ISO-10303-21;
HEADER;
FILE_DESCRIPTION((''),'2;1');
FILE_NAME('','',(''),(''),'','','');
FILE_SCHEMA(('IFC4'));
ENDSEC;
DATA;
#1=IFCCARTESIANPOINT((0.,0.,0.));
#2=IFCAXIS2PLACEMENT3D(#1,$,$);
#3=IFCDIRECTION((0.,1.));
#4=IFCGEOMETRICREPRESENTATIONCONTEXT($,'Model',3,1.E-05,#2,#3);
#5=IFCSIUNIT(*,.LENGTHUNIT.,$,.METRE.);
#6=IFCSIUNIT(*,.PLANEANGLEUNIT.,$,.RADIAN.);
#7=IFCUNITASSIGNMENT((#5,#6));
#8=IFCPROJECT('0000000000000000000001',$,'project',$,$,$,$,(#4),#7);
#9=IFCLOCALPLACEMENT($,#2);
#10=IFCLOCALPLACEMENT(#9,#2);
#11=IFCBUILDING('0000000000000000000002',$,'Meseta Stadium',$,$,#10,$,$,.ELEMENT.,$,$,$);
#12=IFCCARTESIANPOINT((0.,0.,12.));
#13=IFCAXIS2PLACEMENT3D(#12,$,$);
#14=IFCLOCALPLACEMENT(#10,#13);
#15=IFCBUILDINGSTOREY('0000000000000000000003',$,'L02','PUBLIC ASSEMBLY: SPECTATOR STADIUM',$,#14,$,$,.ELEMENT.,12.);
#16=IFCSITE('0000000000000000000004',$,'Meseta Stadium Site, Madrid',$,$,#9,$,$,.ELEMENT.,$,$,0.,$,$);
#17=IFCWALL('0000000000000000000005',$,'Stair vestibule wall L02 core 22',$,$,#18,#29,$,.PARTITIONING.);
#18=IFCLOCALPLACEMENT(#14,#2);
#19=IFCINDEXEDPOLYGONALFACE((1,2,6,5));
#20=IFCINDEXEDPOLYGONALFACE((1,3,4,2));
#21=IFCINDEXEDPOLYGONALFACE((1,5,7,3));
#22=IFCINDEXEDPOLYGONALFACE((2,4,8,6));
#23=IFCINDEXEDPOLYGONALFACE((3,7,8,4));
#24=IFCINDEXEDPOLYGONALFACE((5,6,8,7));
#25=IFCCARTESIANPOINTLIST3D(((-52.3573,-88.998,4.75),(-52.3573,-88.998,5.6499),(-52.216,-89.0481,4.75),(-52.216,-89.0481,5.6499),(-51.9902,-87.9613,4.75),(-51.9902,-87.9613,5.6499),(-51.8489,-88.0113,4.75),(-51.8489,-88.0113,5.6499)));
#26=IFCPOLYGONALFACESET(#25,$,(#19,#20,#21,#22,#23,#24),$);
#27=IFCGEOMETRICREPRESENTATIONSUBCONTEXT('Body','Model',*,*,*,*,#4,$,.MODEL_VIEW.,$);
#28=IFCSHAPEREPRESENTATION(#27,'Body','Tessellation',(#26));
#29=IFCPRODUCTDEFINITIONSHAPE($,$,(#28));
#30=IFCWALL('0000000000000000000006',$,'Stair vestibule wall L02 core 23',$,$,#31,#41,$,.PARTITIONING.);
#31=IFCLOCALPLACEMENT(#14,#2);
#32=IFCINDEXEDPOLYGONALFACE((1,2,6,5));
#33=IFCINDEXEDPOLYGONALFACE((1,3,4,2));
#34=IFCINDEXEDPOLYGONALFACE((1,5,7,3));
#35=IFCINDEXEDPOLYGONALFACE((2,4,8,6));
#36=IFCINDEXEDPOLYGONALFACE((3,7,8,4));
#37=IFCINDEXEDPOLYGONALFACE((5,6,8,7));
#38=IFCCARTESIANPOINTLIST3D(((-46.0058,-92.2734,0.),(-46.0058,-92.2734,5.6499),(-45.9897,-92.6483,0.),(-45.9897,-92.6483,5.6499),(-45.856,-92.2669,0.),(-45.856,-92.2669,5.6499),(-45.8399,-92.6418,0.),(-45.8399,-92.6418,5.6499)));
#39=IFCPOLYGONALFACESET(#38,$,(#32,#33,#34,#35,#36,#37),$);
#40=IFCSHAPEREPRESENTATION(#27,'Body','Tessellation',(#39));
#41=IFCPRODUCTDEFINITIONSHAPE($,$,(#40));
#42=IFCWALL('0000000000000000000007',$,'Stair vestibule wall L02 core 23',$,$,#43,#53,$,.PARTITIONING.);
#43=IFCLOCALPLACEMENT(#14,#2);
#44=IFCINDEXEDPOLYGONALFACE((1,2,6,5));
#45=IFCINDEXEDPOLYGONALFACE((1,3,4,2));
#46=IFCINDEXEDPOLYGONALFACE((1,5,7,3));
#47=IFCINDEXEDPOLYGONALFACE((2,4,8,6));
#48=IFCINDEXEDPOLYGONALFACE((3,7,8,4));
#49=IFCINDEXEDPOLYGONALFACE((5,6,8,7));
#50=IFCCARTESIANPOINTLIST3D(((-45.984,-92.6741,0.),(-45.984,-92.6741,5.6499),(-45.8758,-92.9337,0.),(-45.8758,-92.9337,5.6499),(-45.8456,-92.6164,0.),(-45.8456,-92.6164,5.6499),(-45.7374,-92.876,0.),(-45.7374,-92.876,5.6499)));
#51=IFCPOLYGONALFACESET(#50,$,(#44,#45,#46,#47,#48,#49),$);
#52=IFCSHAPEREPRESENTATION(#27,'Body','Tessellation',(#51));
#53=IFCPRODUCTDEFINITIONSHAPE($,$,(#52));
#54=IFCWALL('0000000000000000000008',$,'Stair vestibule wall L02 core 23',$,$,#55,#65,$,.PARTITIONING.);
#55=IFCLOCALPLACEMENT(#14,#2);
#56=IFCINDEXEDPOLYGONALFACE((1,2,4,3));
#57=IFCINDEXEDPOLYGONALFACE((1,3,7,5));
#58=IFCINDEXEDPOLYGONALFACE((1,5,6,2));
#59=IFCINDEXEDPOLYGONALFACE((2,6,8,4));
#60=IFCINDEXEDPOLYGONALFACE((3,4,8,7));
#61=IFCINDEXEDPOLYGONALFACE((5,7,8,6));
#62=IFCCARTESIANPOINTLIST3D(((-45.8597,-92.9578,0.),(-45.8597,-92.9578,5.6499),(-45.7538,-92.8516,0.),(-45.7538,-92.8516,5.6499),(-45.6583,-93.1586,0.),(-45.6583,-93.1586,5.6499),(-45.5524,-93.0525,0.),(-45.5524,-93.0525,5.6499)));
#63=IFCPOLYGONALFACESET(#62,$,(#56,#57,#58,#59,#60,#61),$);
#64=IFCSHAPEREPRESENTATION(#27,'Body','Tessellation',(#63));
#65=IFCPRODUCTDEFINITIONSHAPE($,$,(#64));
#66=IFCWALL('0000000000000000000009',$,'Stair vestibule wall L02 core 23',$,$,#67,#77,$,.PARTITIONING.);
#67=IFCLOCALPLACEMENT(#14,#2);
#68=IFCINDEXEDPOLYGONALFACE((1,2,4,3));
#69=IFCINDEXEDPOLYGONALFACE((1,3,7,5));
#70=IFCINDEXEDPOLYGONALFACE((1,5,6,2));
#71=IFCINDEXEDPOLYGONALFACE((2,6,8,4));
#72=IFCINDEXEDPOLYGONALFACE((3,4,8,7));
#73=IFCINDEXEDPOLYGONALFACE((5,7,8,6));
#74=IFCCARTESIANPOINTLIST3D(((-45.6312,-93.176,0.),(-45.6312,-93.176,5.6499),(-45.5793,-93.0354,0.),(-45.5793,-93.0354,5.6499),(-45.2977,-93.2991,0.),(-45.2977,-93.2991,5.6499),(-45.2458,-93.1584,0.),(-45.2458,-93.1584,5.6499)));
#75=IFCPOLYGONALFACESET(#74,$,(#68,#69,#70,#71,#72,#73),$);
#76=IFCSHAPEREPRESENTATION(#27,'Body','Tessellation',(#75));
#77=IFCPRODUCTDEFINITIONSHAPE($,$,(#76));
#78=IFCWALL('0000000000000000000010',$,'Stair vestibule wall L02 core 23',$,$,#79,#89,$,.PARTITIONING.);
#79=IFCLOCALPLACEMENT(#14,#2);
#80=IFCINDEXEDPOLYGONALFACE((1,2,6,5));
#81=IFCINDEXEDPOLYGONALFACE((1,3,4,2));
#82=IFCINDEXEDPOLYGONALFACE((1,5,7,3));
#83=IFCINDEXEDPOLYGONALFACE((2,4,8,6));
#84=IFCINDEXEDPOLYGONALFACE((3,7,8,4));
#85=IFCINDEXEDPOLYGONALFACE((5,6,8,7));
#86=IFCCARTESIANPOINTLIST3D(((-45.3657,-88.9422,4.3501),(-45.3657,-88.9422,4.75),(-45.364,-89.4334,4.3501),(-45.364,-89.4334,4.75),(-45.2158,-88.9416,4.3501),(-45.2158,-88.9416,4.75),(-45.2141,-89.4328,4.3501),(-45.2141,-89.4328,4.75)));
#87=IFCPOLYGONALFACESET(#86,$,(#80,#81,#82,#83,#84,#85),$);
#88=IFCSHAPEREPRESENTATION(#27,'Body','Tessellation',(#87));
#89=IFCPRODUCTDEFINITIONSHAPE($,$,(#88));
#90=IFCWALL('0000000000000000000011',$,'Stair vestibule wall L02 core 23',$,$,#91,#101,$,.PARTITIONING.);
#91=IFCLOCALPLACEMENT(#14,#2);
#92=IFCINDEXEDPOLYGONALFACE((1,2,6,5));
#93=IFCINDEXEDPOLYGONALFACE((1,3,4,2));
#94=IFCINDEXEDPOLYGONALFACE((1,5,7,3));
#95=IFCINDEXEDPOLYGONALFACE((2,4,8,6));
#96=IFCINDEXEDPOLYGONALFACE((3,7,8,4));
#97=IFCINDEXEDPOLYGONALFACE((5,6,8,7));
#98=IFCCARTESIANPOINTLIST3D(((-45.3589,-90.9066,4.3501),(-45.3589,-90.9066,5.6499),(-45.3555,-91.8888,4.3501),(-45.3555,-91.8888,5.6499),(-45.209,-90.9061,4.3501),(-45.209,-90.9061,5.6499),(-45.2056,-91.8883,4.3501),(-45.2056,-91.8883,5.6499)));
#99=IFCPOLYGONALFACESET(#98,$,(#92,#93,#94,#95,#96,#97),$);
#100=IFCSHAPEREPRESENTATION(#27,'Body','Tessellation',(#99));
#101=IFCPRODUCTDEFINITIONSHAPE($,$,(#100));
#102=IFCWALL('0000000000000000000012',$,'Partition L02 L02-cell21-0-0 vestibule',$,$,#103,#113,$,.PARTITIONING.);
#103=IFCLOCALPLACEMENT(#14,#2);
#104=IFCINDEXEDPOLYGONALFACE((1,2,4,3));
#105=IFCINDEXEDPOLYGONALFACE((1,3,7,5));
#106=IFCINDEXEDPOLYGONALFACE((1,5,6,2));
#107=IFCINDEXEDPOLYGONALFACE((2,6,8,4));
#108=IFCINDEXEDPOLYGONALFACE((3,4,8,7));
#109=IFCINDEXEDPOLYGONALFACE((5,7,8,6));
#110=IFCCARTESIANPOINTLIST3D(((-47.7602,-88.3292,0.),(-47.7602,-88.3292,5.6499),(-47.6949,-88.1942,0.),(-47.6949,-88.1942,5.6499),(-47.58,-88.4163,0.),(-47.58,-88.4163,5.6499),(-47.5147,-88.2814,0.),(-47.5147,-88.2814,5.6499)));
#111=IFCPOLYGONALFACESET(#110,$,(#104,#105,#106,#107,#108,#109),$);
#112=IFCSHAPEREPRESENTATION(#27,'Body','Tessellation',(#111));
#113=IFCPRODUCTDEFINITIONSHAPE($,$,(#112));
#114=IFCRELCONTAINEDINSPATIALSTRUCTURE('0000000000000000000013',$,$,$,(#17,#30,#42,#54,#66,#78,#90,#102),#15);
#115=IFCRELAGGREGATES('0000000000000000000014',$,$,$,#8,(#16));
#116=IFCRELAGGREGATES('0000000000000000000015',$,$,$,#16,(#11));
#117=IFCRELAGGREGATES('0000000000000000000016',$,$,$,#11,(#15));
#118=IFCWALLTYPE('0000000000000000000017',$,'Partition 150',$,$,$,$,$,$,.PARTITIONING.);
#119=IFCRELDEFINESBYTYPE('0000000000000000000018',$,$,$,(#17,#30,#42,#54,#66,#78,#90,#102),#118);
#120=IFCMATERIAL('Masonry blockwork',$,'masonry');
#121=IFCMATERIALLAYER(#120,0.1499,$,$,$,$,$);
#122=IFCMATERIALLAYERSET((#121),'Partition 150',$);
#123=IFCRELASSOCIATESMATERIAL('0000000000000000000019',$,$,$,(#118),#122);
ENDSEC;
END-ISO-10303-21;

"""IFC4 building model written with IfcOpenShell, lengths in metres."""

from ifc_helpers import new_model, si_unit, direction, frame, frame_2d, origin, place, context, subcontext, project, spatial, rectangle, extrude, material, layer, layer_set, type_object, element, save


model = new_model("IFC4")

# Units and contexts
model_context = context("Model", 3, precision=1e-05, world=origin(), true_north=direction((0.0, 1.0)))
body_context = subcontext(model_context, "Body", "Model", "MODEL_VIEW")
ifc_project = project(units=[si_unit("LENGTHUNIT", "METRE"), si_unit("PLANEANGLEUNIT", "RADIAN")], contexts=[model_context])

# Site, building, storey
site_placement = place(None, origin())
site = spatial("IfcSite", under=ifc_project, at=site_placement, Name="Meseta Stadium Site, Madrid", CompositionType="ELEMENT", RefElevation=0.0)
building_placement = place(site_placement, origin())
building = spatial("IfcBuilding", under=site, at=building_placement, Name="Meseta Stadium", CompositionType="ELEMENT")
storey_placement = place(building_placement, frame((0.0, 0.0, 12.0)))
storey = spatial("IfcBuildingStorey", under=building, at=storey_placement, Name="L02", Description="PUBLIC ASSEMBLY: SPECTATOR STADIUM", CompositionType="ELEMENT", Elevation=12.0)

# Shared definitions
ifc_material_1 = material(Name="Masonry blockwork", Category="masonry")
ifc_layer = layer(ifc_material_1, 0.1499)
ifc_layer_set = layer_set([ifc_layer], Name="Partition 150")
wall_type = type_object("IfcWallType", Name="Partition 150", PredefinedType="PARTITIONING", material=ifc_layer_set)

# Walls
wall_1_placement = place(storey_placement, frame((-52.2866, -89.0229, 4.75), z_axis=(0.0, 0.0, 1.0), x_axis=(0.333818, 0.942637, 0.0)))
element("IfcWall", 1, at=wall_1_placement, inside=storey, type_object=wall_type, Name="Stair vestibule wall L02 core 22", PredefinedType="PARTITIONING", context=body_context, shape_type="SweptSolid", body=[
    extrude(rectangle(XDim=1.0999, YDim=0.1499, at=frame_2d((0.5498, 0.0))), origin(), (0.0, 0.0, 1.0), 0.8999),
])
wall_2_placement = place(storey_placement, frame((-45.9309, -92.2703, 0.0), z_axis=(0.0, 0.0, 1.0), x_axis=(0.042929, -0.999078, 0.0)))
element("IfcWall", 2, at=wall_2_placement, inside=storey, type_object=wall_type, Name="Stair vestibule wall L02 core 23", PredefinedType="PARTITIONING", context=body_context, shape_type="SweptSolid", body=[
    extrude(rectangle(XDim=0.3752, YDim=0.1499, at=frame_2d((0.1875, 0.0))), origin(), (0.0, 0.0, 1.0), 5.6499),
])
wall_3_placement = place(storey_placement, frame((-45.9148, -92.6453, 0.0), z_axis=(0.0, 0.0, 1.0), x_axis=(0.384677, -0.923051, 0.0)))
element("IfcWall", 3, at=wall_3_placement, inside=storey, type_object=wall_type, Name="Stair vestibule wall L02 core 23", PredefinedType="PARTITIONING", context=body_context, shape_type="SweptSolid", body=[
    extrude(rectangle(XDim=0.2812, YDim=0.1499, at=frame_2d((0.1406, 0.0))), origin(), (0.0, 0.0, 1.0), 5.6499),
])
wall_4_placement = place(storey_placement, frame((-45.8066, -92.9048, 0.0), z_axis=(0.0, 0.0, 1.0), x_axis=(0.707964, -0.706248, 0.0)))
element("IfcWall", 4, at=wall_4_placement, inside=storey, type_object=wall_type, Name="Stair vestibule wall L02 core 23", PredefinedType="PARTITIONING", context=body_context, shape_type="SweptSolid", body=[
    extrude(rectangle(XDim=0.2844, YDim=0.1499, at=frame_2d((0.1421, 0.0))), origin(), (0.0, 0.0, 1.0), 5.6499),
])
wall_5_placement = place(storey_placement, frame((-45.6052, -93.1057, 0.0), z_axis=(0.0, 0.0, 1.0), x_axis=(0.938179, -0.346151, 0.0)))
element("IfcWall", 5, at=wall_5_placement, inside=storey, type_object=wall_type, Name="Stair vestibule wall L02 core 23", PredefinedType="PARTITIONING", context=body_context, shape_type="SweptSolid", body=[
    extrude(rectangle(XDim=0.3555, YDim=0.1499, at=frame_2d((0.1777, 0.0))), origin(), (0.0, 0.0, 1.0), 5.6499),
])
wall_6_placement = place(storey_placement, frame((-45.2908, -88.9419, 4.3501), z_axis=(0.0, 0.0, 1.0), x_axis=(0.003479, -0.999994, 0.0)))
element("IfcWall", 6, at=wall_6_placement, inside=storey, type_object=wall_type, Name="Stair vestibule wall L02 core 23", PredefinedType="PARTITIONING", context=body_context, shape_type="SweptSolid", body=[
    extrude(rectangle(XDim=0.4912, YDim=0.1499, at=frame_2d((0.2456, 0.0))), origin(), (0.0, 0.0, 1.0), 0.3999),
])
wall_7_placement = place(storey_placement, frame((-45.2839, -90.9062, 4.3501), z_axis=(0.0, 0.0, 1.0), x_axis=(0.00348, -0.999994, 0.0)))
element("IfcWall", 7, at=wall_7_placement, inside=storey, type_object=wall_type, Name="Stair vestibule wall L02 core 23", PredefinedType="PARTITIONING", context=body_context, shape_type="SweptSolid", body=[
    extrude(rectangle(XDim=0.9822, YDim=0.1499, at=frame_2d((0.4912, 0.0))), origin(), (0.0, 0.0, 1.0), 1.2998),
])
wall_8_placement = place(storey_placement, frame((-47.5474, -88.3489, 0.0), z_axis=(0.0, 0.0, 1.0), x_axis=(-0.900206, 0.435465, 0.0)))
element("IfcWall", 8, at=wall_8_placement, inside=storey, type_object=wall_type, Name="Partition L02 L02-cell21-0-0 vestibule", PredefinedType="PARTITIONING", context=body_context, shape_type="SweptSolid", body=[
    extrude(rectangle(XDim=0.2002, YDim=0.1499, at=frame_2d((0.1001, 0.0))), origin(), (0.0, 0.0, 1.0), 5.6499),
])

save(model, "model.ifc")
